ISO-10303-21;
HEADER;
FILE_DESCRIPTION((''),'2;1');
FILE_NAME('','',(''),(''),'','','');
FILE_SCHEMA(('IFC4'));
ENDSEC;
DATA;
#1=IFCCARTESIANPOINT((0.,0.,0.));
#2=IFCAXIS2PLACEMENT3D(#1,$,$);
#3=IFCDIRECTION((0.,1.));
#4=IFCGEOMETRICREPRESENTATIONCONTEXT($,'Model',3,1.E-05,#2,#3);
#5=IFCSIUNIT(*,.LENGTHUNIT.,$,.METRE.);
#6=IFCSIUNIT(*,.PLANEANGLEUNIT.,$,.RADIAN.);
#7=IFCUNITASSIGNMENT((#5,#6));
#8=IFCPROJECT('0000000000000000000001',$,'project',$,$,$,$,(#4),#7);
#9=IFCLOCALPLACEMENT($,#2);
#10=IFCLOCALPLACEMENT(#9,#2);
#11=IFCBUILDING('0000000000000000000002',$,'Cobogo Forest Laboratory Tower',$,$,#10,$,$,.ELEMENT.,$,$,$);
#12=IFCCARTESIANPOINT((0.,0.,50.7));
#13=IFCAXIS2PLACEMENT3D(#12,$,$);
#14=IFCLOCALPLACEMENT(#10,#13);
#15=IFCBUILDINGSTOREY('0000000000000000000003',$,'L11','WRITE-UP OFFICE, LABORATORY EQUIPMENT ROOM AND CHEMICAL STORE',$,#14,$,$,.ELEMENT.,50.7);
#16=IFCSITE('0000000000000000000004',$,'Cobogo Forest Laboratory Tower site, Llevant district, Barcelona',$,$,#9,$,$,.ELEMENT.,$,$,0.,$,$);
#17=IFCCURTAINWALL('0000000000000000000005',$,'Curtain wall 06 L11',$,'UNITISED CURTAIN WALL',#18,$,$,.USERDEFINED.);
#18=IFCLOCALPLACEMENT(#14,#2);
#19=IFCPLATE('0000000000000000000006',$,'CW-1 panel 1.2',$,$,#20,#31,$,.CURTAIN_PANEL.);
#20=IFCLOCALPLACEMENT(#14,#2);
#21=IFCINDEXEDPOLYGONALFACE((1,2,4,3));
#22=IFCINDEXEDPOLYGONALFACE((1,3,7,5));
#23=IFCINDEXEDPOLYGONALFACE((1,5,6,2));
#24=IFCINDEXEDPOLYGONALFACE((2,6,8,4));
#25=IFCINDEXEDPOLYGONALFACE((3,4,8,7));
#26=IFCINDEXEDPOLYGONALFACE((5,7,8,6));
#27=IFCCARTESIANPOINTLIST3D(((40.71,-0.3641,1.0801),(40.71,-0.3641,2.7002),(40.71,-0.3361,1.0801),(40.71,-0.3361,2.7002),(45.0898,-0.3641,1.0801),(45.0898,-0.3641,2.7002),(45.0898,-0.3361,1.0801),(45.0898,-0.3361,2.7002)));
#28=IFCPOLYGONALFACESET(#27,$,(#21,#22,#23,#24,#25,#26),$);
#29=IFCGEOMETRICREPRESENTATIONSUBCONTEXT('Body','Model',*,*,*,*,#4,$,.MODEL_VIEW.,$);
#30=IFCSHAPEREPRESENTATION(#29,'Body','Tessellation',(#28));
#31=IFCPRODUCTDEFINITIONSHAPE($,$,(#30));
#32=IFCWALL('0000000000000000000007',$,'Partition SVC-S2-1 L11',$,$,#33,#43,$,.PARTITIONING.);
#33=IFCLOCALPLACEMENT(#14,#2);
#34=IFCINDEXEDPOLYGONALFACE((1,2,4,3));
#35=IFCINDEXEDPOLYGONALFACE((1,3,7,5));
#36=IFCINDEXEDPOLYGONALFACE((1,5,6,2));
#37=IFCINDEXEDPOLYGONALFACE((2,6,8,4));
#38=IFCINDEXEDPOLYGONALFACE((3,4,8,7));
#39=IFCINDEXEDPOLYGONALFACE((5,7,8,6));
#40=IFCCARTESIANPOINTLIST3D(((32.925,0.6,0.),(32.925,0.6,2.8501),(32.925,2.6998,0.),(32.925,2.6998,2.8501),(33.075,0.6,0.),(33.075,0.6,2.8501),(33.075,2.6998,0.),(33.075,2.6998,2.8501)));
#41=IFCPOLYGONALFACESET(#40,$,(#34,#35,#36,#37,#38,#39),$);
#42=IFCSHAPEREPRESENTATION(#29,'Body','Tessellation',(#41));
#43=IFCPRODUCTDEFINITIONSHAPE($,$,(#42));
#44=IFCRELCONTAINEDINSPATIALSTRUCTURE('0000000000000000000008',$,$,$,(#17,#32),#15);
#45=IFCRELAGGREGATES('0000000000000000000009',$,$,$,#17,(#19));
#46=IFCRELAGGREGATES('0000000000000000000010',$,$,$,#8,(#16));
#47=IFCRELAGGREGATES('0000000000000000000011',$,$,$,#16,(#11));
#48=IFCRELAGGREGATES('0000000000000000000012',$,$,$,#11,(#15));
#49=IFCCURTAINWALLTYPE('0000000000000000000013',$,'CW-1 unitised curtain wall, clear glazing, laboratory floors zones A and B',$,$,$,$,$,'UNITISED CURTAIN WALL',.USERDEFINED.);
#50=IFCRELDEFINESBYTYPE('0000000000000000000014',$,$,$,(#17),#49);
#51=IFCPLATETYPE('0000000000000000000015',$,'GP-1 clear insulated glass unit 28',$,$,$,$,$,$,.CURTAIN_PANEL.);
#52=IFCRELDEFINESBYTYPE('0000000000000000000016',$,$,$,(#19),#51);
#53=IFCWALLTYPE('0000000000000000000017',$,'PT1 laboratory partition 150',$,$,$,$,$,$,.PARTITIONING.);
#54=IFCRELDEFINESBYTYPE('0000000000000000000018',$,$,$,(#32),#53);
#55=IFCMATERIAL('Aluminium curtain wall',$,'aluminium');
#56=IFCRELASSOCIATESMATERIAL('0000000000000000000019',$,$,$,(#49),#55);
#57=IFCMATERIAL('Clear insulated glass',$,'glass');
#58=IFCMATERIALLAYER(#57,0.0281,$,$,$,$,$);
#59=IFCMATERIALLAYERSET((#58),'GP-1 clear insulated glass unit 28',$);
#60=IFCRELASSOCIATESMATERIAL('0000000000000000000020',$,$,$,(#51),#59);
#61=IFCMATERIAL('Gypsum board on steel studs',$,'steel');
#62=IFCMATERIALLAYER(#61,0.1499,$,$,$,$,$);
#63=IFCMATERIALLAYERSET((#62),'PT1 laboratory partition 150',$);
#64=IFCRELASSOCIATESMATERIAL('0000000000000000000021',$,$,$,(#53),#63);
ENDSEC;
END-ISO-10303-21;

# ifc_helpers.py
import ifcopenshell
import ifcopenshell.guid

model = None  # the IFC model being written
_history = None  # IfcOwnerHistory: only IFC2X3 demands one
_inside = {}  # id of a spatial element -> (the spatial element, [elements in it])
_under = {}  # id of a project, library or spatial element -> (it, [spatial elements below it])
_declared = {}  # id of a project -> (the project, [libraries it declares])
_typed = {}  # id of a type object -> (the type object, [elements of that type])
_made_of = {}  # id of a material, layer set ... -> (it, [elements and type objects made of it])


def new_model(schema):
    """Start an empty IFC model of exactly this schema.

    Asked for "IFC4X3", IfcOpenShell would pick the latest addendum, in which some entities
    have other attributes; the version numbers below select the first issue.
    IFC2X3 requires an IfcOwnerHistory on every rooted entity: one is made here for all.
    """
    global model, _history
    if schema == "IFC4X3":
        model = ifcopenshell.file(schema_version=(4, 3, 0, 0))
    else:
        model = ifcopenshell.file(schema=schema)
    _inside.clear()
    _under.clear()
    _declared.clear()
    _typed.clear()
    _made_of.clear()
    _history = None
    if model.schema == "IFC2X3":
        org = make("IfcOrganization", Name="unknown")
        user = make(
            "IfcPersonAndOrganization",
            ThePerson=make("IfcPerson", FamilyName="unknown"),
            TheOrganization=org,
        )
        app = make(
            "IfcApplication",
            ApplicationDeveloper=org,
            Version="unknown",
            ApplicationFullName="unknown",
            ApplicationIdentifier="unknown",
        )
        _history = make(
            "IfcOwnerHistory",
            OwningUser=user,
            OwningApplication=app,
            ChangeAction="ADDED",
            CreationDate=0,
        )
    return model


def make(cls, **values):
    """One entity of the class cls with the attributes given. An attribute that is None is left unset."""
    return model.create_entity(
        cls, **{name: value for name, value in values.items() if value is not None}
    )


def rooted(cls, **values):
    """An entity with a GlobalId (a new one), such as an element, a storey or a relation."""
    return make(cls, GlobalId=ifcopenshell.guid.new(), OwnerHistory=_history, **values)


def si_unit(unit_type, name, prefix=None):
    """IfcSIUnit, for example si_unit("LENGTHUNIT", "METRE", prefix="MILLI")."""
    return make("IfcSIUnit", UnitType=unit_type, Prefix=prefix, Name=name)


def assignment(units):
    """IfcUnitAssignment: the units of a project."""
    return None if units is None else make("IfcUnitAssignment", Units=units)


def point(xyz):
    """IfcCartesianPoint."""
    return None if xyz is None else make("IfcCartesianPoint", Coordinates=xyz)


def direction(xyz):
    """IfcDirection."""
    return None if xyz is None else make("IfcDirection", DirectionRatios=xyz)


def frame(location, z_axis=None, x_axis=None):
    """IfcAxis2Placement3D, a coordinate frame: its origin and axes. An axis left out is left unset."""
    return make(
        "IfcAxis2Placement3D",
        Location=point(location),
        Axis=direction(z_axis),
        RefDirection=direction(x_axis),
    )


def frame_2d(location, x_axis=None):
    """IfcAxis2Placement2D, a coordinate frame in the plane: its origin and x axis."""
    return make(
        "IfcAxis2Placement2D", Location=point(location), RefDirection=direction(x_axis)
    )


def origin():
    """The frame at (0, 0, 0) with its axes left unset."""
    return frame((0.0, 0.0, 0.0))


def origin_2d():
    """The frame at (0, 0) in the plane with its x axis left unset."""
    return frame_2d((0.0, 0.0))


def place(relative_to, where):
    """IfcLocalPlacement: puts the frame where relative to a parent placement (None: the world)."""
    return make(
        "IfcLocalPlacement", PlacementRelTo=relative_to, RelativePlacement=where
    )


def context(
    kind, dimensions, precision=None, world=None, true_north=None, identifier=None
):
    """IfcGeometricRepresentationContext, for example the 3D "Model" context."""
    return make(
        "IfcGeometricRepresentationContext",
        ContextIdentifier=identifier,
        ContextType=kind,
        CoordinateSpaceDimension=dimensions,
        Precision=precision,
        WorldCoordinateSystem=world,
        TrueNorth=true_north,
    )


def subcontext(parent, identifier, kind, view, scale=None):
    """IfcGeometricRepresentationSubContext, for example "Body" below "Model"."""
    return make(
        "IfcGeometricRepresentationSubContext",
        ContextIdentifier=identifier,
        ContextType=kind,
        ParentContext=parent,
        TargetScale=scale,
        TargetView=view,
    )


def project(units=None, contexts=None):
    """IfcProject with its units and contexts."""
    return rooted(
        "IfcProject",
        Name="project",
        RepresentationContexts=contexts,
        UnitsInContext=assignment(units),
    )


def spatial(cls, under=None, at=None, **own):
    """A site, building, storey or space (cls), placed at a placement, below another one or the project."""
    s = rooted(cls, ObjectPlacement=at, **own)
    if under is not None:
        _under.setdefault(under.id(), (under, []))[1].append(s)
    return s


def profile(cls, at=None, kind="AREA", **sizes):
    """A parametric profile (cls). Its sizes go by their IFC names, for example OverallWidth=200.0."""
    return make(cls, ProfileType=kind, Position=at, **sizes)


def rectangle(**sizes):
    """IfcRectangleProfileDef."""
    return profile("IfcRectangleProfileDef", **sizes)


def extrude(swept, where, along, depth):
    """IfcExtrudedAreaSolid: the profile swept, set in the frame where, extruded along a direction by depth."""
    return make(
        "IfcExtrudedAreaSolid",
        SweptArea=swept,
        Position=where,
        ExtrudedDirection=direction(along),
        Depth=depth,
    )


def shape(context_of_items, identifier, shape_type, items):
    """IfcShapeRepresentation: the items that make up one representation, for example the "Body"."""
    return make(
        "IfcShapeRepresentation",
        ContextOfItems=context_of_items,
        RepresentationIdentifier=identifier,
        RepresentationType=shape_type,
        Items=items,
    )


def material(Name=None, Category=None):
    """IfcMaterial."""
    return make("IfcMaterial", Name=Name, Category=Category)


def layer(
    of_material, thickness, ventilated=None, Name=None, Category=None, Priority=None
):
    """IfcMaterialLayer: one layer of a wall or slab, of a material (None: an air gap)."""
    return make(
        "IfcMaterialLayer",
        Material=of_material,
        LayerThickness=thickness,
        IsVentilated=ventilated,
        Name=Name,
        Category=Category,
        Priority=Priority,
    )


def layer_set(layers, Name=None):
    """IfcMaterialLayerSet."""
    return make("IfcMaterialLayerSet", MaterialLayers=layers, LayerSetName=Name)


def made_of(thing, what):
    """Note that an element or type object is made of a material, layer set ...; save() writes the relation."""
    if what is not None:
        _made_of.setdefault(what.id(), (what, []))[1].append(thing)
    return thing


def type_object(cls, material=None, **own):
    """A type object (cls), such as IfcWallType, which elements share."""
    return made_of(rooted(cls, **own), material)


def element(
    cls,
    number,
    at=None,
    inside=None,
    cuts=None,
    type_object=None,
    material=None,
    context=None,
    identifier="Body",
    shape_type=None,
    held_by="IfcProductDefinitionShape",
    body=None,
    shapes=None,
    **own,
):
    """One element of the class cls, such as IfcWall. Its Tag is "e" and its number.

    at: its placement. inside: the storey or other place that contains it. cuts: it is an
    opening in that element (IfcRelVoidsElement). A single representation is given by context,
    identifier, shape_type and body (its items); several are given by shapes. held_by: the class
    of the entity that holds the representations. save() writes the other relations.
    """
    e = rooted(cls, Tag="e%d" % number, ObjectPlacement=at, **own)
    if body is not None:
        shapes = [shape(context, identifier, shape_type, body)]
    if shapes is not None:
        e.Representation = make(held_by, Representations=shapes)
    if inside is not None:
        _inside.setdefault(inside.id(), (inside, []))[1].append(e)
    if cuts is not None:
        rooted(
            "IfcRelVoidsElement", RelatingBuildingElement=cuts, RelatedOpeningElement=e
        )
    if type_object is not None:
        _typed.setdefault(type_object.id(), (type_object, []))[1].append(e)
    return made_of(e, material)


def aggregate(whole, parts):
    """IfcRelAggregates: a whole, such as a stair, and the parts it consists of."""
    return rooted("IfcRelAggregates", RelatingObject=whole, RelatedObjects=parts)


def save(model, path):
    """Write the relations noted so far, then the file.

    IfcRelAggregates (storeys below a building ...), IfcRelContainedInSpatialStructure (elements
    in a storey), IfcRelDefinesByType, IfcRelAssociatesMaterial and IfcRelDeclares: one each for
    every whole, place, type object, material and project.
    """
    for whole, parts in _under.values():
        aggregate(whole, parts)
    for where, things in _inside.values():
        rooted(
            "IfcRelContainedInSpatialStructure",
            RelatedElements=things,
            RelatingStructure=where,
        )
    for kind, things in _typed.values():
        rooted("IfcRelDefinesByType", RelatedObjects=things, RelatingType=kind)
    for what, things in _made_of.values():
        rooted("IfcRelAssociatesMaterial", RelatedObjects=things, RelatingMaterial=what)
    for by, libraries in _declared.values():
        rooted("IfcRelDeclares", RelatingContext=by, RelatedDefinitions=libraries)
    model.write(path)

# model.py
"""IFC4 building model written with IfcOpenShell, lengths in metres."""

from ifc_helpers import new_model, si_unit, direction, frame, frame_2d, origin, origin_2d, place, context, subcontext, project, spatial, rectangle, extrude, material, layer, layer_set, type_object, element, aggregate, save


model = new_model("IFC4")

# Units and contexts
model_context = context("Model", 3, precision=1e-05, world=origin(), true_north=direction((0.0, 1.0)))
body_context = subcontext(model_context, "Body", "Model", "MODEL_VIEW")
ifc_project = project(units=[si_unit("LENGTHUNIT", "METRE"), si_unit("PLANEANGLEUNIT", "RADIAN")], contexts=[model_context])

# Site, building, storey
site_placement = place(None, origin())
site = spatial("IfcSite", under=ifc_project, at=site_placement, Name="Cobogo Forest Laboratory Tower site, Llevant district, Barcelona", CompositionType="ELEMENT", RefElevation=0.0)
building_placement = place(site_placement, origin())
building = spatial("IfcBuilding", under=site, at=building_placement, Name="Cobogo Forest Laboratory Tower", CompositionType="ELEMENT")
storey_placement = place(building_placement, frame((0.0, 0.0, 50.7)))
storey = spatial("IfcBuildingStorey", under=building, at=storey_placement, Name="L11", Description="WRITE-UP OFFICE, LABORATORY EQUIPMENT ROOM AND CHEMICAL STORE", CompositionType="ELEMENT", Elevation=50.7)

# Curtain wall
ifc_material_1 = material(Name="Aluminium curtain wall", Category="aluminium")
curtain_wall_type = type_object("IfcCurtainWallType", Name="CW-1 unitised curtain wall, clear glazing, laboratory floors zones A and B", ElementType="UNITISED CURTAIN WALL", PredefinedType="USERDEFINED", material=ifc_material_1)
curtain_wall_1_placement = place(storey_placement, origin())
curtain_wall_1 = element("IfcCurtainWall", 1, at=curtain_wall_1_placement, inside=storey, type_object=curtain_wall_type, Name="Curtain wall 06 L11", ObjectType="UNITISED CURTAIN WALL", PredefinedType="USERDEFINED")

# Plate
ifc_material_2 = material(Name="Clear insulated glass", Category="glass")
ifc_layer_1 = layer(ifc_material_2, 0.0281)
ifc_layer_set_1 = layer_set([ifc_layer_1], Name="GP-1 clear insulated glass unit 28")
plate_type_1 = type_object("IfcPlateType", Name="GP-1 clear insulated glass unit 28", PredefinedType="CURTAIN_PANEL", material=ifc_layer_set_1)
plate_1_placement = place(storey_placement, frame((42.8999, -0.3501, 1.0801), z_axis=(0.0, 0.0, 1.0), x_axis=(1.0, 0.0, 0.0)))
plate_1 = element("IfcPlate", 2, at=plate_1_placement, type_object=plate_type_1, Name="CW-1 panel 1.2", PredefinedType="CURTAIN_PANEL", context=body_context, shape_type="SweptSolid", body=[
    extrude(rectangle(XDim=4.3799, YDim=0.0281, at=origin_2d()), origin(), (0.0, 0.0, 1.0), 1.6201),
])
aggregate(curtain_wall_1, [plate_1])

# Wall
ifc_material_3 = material(Name="Gypsum board on steel studs", Category="steel")
ifc_layer_2 = layer(ifc_material_3, 0.1499)
ifc_layer_set_2 = layer_set([ifc_layer_2], Name="PT1 laboratory partition 150")
wall_type = type_object("IfcWallType", Name="PT1 laboratory partition 150", PredefinedType="PARTITIONING", material=ifc_layer_set_2)
wall_placement = place(storey_placement, frame((33.0, 0.6001, 0.0), z_axis=(0.0, 0.0, 1.0), x_axis=(0.0, 1.0, 0.0)))
element("IfcWall", 3, at=wall_placement, inside=storey, type_object=wall_type, Name="Partition SVC-S2-1 L11", PredefinedType="PARTITIONING", context=body_context, shape_type="SweptSolid", body=[
    extrude(rectangle(XDim=2.0999, YDim=0.1499, at=frame_2d((1.0498, 0.0))), origin(), (0.0, 0.0, 1.0), 2.8501),
])

save(model, "model.ifc")
